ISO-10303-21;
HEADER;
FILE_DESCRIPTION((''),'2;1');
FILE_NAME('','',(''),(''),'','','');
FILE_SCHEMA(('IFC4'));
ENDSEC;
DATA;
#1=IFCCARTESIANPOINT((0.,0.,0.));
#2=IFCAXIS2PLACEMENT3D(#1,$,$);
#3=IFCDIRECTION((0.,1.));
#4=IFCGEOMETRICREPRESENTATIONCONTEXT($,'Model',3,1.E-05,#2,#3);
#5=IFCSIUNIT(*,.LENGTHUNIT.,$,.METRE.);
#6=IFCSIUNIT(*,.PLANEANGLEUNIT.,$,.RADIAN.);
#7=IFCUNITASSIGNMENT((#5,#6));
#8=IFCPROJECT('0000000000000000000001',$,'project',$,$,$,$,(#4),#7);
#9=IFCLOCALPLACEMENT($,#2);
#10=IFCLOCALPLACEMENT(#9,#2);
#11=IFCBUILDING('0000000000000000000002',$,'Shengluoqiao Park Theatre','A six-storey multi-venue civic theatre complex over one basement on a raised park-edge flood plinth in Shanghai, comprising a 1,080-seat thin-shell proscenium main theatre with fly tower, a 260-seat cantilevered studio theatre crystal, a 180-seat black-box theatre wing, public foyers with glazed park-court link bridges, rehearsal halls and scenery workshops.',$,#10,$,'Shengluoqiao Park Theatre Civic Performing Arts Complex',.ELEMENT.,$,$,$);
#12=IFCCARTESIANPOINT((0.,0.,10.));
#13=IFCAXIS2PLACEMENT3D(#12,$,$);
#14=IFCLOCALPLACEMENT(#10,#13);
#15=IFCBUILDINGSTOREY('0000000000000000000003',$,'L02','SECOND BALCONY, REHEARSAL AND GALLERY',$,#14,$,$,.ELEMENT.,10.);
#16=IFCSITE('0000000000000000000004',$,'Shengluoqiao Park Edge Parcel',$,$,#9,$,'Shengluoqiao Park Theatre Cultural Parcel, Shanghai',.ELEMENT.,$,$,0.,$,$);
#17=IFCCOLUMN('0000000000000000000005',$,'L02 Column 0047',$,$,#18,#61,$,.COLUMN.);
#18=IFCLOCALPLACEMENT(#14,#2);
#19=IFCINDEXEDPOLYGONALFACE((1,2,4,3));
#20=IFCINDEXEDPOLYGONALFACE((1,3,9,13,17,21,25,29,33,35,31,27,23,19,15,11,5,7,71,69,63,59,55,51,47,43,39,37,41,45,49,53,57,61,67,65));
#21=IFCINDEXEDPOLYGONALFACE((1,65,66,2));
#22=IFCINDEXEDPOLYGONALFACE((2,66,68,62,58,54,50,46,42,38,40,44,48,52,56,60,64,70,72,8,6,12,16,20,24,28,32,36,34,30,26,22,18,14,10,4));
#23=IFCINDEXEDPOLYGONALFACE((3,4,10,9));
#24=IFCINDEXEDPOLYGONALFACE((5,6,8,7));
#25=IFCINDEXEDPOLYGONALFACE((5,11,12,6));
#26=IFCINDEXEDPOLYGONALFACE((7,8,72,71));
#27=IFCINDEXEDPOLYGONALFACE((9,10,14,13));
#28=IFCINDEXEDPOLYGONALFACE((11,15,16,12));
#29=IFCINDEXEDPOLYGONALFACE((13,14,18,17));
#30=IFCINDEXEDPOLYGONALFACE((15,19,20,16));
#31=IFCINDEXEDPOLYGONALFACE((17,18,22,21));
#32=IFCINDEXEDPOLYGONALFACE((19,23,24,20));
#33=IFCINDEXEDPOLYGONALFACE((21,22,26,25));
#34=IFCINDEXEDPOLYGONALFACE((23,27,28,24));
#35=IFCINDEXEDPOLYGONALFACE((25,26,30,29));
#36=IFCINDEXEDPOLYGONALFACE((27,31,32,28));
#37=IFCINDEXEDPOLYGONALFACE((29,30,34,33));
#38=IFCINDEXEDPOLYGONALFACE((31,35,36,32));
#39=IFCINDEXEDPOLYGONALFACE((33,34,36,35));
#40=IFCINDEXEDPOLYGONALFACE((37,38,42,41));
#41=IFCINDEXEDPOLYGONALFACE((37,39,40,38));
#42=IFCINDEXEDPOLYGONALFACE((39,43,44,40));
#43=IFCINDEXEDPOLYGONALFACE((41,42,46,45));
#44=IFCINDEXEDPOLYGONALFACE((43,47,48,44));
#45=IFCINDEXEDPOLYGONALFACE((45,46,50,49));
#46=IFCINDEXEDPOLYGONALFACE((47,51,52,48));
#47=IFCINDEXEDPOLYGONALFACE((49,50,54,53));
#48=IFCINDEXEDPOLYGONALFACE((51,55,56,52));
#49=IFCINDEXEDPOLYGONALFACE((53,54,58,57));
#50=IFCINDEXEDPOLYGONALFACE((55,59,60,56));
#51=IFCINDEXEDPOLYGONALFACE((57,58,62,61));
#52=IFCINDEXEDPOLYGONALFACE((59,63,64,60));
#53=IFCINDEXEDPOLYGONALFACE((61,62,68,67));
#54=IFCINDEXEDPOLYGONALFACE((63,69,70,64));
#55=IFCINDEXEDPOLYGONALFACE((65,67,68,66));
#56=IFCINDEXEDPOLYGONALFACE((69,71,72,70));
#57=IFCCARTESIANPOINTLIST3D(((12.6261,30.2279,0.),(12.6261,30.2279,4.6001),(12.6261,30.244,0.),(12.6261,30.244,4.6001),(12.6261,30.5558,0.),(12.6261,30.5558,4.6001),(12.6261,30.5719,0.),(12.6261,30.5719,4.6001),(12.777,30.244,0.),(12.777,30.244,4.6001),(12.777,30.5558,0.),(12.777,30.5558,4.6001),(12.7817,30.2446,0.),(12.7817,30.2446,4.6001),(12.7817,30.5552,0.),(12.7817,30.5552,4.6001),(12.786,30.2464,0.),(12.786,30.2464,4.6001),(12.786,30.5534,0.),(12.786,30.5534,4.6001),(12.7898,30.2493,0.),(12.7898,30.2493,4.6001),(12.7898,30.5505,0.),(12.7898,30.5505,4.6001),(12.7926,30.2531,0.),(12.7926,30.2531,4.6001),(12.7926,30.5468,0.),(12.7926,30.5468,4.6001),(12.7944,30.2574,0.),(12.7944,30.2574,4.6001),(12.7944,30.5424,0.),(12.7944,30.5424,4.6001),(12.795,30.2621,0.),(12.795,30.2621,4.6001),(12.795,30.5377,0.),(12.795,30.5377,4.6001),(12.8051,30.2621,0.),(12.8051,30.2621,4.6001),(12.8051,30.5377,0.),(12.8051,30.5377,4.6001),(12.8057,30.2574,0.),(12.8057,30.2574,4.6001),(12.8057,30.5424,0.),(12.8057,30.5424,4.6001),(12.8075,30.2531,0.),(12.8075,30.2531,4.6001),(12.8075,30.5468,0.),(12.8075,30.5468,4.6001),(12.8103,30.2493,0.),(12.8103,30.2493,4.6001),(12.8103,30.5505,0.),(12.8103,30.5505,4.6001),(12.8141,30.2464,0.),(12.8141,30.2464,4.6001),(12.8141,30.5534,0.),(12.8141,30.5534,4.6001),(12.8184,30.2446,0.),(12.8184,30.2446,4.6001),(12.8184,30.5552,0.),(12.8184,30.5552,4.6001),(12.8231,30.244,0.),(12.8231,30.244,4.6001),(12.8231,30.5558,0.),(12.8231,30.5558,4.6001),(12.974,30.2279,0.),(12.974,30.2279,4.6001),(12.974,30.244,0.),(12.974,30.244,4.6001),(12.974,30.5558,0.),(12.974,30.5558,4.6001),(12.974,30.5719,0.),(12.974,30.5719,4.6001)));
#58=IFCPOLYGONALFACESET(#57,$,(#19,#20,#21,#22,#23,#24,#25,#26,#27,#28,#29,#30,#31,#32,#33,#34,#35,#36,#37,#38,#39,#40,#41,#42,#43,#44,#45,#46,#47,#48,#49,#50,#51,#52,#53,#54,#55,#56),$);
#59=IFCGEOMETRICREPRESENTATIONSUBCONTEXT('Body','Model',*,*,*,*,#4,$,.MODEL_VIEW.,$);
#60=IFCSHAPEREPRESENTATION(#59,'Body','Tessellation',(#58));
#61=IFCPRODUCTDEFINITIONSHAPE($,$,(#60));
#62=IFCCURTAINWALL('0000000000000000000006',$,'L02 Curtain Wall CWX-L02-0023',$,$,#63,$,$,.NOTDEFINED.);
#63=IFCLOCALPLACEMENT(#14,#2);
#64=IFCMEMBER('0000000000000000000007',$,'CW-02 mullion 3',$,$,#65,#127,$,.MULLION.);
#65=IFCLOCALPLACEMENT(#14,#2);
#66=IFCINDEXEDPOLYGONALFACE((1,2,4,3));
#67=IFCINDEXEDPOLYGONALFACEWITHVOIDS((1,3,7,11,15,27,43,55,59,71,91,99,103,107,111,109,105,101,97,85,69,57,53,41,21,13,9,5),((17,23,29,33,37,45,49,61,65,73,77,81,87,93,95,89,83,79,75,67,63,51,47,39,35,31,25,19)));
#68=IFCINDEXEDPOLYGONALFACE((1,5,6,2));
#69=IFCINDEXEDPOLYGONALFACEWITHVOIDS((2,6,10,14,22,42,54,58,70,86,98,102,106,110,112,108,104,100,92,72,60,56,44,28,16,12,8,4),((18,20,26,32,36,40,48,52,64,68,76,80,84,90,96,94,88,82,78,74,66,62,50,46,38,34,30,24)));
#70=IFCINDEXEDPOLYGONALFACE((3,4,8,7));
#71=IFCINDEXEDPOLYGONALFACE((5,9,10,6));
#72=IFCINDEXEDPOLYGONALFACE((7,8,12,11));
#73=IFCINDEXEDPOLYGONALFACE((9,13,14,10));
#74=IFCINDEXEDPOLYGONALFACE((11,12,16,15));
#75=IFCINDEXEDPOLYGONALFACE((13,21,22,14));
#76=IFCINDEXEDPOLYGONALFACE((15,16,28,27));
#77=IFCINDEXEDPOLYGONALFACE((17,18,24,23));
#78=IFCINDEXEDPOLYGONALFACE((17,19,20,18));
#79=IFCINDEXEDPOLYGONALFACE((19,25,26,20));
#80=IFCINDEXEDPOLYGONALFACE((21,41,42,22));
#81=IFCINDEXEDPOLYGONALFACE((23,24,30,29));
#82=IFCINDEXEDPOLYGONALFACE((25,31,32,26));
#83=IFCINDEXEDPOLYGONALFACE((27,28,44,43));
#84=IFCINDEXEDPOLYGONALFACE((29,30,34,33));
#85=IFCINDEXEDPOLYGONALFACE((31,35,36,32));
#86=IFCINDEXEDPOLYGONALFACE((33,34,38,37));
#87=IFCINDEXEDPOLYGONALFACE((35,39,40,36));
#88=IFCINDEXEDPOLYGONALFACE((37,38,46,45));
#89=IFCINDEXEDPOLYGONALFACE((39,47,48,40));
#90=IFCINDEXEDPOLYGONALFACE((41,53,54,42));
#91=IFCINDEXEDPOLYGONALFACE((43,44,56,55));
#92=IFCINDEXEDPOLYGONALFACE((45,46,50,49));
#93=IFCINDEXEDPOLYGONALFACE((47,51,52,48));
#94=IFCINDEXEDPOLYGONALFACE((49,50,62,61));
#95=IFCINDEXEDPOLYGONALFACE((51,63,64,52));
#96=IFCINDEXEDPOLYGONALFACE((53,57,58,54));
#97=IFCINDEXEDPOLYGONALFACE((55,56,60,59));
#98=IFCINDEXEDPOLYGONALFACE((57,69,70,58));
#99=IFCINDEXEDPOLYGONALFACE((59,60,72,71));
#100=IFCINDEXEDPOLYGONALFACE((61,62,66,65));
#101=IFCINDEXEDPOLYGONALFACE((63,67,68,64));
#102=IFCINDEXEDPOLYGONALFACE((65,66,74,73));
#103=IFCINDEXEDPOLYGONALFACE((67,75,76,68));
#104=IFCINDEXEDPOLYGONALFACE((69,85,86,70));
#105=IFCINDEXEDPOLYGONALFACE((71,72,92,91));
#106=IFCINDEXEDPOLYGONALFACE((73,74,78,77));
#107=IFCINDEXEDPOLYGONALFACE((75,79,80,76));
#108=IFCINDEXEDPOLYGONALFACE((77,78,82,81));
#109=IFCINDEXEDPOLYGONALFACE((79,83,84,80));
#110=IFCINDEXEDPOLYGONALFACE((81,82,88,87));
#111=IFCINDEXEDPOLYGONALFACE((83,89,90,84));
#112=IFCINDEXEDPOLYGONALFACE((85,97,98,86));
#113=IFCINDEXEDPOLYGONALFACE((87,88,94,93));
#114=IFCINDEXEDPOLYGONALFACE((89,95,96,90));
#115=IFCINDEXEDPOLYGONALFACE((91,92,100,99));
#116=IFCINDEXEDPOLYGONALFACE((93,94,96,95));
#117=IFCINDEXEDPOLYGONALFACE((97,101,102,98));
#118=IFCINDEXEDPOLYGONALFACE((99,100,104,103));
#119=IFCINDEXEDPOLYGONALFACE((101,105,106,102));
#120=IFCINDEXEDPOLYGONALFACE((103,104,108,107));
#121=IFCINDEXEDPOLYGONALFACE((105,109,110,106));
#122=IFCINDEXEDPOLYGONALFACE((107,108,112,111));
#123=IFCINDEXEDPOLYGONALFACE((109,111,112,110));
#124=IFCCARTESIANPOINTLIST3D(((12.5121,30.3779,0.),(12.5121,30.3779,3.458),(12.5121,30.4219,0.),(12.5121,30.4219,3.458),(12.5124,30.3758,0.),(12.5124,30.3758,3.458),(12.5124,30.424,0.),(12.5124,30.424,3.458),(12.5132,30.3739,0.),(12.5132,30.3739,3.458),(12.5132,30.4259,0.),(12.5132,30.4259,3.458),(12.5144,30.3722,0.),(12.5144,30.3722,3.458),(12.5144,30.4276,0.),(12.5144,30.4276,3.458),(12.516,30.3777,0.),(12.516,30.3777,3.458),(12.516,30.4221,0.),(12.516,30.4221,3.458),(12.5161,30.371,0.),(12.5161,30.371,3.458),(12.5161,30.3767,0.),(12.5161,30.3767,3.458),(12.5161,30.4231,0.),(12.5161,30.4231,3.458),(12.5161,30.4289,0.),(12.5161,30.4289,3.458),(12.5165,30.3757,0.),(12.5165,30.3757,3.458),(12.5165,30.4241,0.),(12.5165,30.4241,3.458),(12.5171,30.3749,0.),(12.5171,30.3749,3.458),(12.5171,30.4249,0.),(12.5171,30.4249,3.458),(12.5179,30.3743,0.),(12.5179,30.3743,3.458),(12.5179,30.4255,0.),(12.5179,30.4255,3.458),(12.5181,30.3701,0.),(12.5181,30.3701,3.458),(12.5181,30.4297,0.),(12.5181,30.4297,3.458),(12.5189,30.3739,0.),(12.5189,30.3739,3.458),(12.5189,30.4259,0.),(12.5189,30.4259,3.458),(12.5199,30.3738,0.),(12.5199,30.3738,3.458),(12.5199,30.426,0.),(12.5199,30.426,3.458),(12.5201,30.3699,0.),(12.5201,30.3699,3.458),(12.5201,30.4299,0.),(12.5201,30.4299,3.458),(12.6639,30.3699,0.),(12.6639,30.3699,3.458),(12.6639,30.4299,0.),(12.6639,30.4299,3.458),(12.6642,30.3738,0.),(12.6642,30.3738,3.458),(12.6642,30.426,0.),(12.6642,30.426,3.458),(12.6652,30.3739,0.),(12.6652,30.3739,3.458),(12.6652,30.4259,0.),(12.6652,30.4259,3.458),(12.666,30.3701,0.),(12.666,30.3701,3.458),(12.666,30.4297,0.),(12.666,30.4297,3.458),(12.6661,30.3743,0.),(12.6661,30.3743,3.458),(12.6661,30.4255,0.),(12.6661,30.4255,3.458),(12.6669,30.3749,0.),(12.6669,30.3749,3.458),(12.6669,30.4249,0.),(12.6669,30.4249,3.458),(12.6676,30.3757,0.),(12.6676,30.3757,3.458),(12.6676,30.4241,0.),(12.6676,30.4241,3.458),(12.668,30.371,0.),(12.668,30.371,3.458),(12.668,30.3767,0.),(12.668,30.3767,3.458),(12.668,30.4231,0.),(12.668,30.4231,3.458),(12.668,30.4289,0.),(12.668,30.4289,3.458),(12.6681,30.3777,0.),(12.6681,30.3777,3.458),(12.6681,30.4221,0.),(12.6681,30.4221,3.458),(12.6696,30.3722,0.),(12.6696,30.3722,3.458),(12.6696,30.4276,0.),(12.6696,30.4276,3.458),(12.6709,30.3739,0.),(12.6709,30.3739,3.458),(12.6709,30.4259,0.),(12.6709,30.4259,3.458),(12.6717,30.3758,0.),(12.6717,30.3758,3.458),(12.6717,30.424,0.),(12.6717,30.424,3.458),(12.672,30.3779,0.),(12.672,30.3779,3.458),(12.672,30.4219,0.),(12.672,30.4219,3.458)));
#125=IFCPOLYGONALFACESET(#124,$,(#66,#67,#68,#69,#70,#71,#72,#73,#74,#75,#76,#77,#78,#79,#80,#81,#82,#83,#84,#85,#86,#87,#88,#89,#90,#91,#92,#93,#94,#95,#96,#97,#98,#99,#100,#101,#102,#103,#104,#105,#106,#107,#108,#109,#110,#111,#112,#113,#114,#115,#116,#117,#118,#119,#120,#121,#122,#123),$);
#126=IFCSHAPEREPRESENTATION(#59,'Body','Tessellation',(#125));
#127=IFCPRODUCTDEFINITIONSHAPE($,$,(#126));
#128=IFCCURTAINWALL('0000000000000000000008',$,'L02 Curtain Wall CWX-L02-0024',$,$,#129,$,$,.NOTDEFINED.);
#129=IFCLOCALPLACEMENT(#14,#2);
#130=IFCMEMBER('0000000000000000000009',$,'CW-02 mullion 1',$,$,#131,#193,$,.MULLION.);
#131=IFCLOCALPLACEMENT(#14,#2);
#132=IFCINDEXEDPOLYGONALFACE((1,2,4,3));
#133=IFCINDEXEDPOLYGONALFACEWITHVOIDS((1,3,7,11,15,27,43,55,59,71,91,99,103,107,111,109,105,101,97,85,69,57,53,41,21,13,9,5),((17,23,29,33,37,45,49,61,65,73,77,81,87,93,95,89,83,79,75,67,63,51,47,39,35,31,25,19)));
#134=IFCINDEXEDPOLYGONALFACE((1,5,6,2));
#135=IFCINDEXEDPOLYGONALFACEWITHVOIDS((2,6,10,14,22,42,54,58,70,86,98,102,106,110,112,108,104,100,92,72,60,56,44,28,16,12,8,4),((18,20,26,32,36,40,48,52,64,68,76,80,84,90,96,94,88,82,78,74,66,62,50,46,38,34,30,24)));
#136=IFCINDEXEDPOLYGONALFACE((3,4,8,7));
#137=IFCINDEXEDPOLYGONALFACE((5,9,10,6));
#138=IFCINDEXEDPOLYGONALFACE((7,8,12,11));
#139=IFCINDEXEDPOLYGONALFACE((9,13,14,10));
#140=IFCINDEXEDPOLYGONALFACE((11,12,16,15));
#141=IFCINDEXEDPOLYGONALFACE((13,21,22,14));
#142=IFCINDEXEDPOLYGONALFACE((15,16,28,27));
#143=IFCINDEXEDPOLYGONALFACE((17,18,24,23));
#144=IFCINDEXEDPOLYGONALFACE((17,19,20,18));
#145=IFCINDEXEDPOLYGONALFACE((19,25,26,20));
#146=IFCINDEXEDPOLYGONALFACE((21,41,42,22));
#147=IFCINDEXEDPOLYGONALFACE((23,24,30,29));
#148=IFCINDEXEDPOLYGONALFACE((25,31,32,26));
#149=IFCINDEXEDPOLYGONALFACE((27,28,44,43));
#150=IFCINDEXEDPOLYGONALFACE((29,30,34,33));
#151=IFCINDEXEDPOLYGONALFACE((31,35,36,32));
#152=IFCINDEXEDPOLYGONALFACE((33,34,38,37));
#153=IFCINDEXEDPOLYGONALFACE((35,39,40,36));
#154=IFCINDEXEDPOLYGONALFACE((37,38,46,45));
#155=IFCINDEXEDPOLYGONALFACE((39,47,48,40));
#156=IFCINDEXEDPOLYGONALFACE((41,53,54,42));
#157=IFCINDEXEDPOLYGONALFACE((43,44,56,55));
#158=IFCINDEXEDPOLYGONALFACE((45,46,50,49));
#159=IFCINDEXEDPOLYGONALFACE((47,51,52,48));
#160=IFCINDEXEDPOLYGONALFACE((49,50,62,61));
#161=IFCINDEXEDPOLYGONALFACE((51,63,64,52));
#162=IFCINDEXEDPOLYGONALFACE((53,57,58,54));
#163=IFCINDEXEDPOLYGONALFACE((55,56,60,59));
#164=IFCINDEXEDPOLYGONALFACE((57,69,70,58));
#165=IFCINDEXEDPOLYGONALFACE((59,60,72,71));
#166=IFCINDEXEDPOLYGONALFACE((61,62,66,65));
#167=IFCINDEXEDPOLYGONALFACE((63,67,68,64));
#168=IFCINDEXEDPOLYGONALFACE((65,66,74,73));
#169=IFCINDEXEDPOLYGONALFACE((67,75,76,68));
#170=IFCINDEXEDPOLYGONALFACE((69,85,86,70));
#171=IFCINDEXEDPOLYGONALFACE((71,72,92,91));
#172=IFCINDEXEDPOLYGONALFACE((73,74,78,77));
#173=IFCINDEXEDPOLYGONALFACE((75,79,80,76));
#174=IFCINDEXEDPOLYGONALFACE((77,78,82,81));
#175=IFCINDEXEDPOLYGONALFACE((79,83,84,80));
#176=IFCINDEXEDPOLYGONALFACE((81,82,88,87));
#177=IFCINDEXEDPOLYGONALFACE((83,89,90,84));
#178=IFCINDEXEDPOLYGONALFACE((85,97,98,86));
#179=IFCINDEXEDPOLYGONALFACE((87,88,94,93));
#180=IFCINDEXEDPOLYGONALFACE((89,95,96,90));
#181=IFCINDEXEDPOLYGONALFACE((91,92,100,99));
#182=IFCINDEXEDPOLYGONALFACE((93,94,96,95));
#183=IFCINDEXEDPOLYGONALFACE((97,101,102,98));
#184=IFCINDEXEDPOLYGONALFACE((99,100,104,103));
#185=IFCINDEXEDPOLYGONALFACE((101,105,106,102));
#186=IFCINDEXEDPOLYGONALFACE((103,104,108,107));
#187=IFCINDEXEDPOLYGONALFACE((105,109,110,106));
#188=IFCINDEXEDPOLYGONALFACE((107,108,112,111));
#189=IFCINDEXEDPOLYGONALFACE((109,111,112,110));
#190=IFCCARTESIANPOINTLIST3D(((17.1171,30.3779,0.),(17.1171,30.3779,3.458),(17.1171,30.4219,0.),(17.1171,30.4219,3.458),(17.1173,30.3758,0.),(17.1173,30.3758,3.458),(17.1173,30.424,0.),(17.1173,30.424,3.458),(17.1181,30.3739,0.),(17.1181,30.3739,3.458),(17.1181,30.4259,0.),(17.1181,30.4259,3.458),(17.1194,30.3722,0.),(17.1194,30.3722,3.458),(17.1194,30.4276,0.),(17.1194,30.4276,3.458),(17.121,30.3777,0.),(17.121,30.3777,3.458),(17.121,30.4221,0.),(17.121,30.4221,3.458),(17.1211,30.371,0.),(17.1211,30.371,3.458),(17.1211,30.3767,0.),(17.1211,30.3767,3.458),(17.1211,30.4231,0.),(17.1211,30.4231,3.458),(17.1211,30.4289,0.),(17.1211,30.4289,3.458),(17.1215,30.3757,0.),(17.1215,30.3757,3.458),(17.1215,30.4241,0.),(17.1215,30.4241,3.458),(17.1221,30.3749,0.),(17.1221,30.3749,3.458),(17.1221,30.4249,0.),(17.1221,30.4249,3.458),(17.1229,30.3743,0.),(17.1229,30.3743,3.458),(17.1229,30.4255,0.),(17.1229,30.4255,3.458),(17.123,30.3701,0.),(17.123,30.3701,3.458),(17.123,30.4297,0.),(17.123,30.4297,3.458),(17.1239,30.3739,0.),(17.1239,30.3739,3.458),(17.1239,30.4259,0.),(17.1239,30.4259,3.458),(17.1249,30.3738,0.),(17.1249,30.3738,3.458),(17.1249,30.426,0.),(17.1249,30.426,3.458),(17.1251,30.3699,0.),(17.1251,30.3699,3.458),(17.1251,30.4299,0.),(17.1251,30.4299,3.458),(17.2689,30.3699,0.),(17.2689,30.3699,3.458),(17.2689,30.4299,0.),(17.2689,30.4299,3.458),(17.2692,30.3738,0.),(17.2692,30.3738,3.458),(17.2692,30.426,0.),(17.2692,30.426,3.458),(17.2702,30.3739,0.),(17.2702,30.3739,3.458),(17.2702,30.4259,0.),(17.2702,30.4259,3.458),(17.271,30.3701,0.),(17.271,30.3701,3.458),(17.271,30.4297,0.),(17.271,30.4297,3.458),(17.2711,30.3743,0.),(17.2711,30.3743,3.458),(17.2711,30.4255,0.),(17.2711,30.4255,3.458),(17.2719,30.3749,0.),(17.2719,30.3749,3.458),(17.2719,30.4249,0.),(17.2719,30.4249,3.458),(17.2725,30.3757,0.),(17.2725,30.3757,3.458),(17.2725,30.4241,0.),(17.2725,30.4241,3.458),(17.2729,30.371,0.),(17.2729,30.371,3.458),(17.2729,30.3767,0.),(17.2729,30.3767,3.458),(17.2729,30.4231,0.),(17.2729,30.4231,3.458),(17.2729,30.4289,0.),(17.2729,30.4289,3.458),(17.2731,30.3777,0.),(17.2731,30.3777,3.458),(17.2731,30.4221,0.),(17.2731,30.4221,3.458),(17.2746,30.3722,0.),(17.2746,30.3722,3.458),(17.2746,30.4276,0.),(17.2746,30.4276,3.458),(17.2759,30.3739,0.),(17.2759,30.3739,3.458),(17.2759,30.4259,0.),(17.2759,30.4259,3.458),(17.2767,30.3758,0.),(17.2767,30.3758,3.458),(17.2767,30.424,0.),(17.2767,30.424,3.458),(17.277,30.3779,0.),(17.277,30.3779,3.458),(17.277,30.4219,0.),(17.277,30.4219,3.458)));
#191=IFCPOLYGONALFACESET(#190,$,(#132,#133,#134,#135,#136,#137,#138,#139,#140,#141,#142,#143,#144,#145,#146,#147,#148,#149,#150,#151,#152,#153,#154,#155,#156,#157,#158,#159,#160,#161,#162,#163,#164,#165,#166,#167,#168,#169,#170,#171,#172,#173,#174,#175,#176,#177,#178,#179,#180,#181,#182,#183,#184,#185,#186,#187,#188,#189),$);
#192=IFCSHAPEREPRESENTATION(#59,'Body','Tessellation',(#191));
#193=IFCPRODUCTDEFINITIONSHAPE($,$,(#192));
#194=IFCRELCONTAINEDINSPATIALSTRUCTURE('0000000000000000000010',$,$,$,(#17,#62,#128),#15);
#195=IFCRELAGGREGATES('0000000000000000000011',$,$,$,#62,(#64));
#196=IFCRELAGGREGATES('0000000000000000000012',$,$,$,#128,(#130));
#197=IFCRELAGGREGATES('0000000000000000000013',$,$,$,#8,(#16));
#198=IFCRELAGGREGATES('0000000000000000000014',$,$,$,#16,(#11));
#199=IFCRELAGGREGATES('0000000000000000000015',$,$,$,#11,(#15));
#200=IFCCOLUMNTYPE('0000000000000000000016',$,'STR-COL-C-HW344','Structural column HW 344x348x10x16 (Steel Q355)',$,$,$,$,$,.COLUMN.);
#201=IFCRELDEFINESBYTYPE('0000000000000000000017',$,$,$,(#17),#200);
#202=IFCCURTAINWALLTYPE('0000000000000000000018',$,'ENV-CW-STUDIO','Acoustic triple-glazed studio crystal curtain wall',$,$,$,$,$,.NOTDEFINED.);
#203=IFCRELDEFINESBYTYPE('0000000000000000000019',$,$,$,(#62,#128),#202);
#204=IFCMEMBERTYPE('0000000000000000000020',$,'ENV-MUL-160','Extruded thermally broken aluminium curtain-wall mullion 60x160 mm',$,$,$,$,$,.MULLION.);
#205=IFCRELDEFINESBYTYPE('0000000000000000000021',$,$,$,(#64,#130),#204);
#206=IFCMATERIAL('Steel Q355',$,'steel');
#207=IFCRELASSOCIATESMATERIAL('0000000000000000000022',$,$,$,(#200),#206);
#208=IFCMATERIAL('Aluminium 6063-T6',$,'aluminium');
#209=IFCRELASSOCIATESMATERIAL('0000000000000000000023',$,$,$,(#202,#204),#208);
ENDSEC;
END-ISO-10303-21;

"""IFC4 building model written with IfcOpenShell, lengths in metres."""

from ifc_helpers import new_model, si_unit, direction, frame, origin, origin_2d, place, context, subcontext, project, spatial, hollow_rectangle, i_section, extrude, material, material_profile, profile_set, type_object, element, aggregate, save


model = new_model("IFC4")

# Units and contexts
model_context = context("Model", 3, precision=1e-05, world=origin(), true_north=direction((0.0, 1.0)))
body_context = subcontext(model_context, "Body", "Model", "MODEL_VIEW")
ifc_project = project(units=[si_unit("LENGTHUNIT", "METRE"), si_unit("PLANEANGLEUNIT", "RADIAN")], contexts=[model_context])

# Site, building, storey
site_placement = place(None, origin())
site = spatial("IfcSite", under=ifc_project, at=site_placement, Name="Shengluoqiao Park Edge Parcel", LongName="Shengluoqiao Park Theatre Cultural Parcel, Shanghai", CompositionType="ELEMENT", RefElevation=0.0)
building_placement = place(site_placement, origin())
building = spatial("IfcBuilding", under=site, at=building_placement, Name="Shengluoqiao Park Theatre", Description="A six-storey multi-venue civic theatre complex over one basement on a raised park-edge flood plinth in Shanghai, comprising a 1,080-seat thin-shell proscenium main theatre with fly tower, a 260-seat cantilevered studio theatre crystal, a 180-seat black-box theatre wing, public foyers with glazed park-court link bridges, rehearsal halls and scenery workshops.", LongName="Shengluoqiao Park Theatre Civic Performing Arts Complex", CompositionType="ELEMENT")
storey_placement = place(building_placement, frame((0.0, 0.0, 10.0)))
storey = spatial("IfcBuildingStorey", under=building, at=storey_placement, Name="L02", Description="SECOND BALCONY, REHEARSAL AND GALLERY", CompositionType="ELEMENT", Elevation=10.0)

# Column
ifc_material_1 = material(Name="Steel Q355", Category="steel")
ifc_material_profile_1 = material_profile(ifc_material_1, i_section(OverallWidth=0.3479, OverallDepth=0.344, WebThickness=0.01, FlangeThickness=0.0161, FilletRadius=0.0181, at=origin_2d()), Name="HW 344x348x10x16")
ifc_profile_set_1 = profile_set([ifc_material_profile_1], Name="Steel Q355")
column_type = type_object("IfcColumnType", Name="STR-COL-C-HW344", Description="Structural column HW 344x348x10x16 (Steel Q355)", PredefinedType="COLUMN", material=ifc_profile_set_1)
column_placement = place(storey_placement, frame((12.8, 30.3999, 0.0), z_axis=(0.0, 0.0, 1.0), x_axis=(1.0, 0.0, 0.0)))
element("IfcColumn", 1, at=column_placement, inside=storey, type_object=column_type, Name="L02 Column 0047", PredefinedType="COLUMN", context=body_context, shape_type="SweptSolid", body=[
    extrude(i_section(OverallWidth=0.3479, OverallDepth=0.344, WebThickness=0.01, FlangeThickness=0.0161, FilletRadius=0.0181, at=origin_2d()), origin(), (0.0, 0.0, 1.0), 4.6001),
])

# Curtain wall, member
ifc_material_2 = material(Name="Aluminium 6063-T6", Category="aluminium")
curtain_wall_type = type_object("IfcCurtainWallType", Name="ENV-CW-STUDIO", Description="Acoustic triple-glazed studio crystal curtain wall", PredefinedType="NOTDEFINED", material=ifc_material_2)
curtain_wall_1_placement = place(storey_placement, origin())
curtain_wall_1 = element("IfcCurtainWall", 2, at=curtain_wall_1_placement, inside=storey, type_object=curtain_wall_type, Name="L02 Curtain Wall CWX-L02-0023", PredefinedType="NOTDEFINED")
ifc_material_profile_2 = material_profile(ifc_material_2, hollow_rectangle(XDim=0.0601, YDim=0.1599, WallThickness=0.0039, InnerFilletRadius=0.0039, OuterFilletRadius=0.0081, at=origin_2d()), Name="ALU MULLION 160x60x4")
ifc_profile_set_2 = profile_set([ifc_material_profile_2], Name="Aluminium 6063-T6")
member_type_1 = type_object("IfcMemberType", Name="ENV-MUL-160", Description="Extruded thermally broken aluminium curtain-wall mullion 60x160 mm", PredefinedType="MULLION", material=ifc_profile_set_2)
member_1_placement = place(storey_placement, frame((12.592, 30.3999, 0.0), z_axis=(0.0, 0.0, 1.0), x_axis=(0.0, 1.0, 0.0)))
member_1 = element("IfcMember", 3, at=member_1_placement, type_object=member_type_1, Name="CW-02 mullion 3", PredefinedType="MULLION", context=body_context, shape_type="SweptSolid", body=[
    extrude(hollow_rectangle(XDim=0.0601, YDim=0.1599, WallThickness=0.0039, InnerFilletRadius=0.0039, OuterFilletRadius=0.0081, at=origin_2d()), origin(), (0.0, 0.0, 1.0), 3.458),
])

# Curtain wall, member
curtain_wall_2_placement = place(storey_placement, origin())
curtain_wall_2 = element("IfcCurtainWall", 4, at=curtain_wall_2_placement, inside=storey, type_object=curtain_wall_type, Name="L02 Curtain Wall CWX-L02-0024", PredefinedType="NOTDEFINED")
member_2_placement = place(storey_placement, frame((17.197, 30.3999, 0.0), z_axis=(0.0, 0.0, 1.0), x_axis=(0.0, 1.0, 0.0)))
member_2 = element("IfcMember", 5, at=member_2_placement, type_object=member_type_1, Name="CW-02 mullion 1", PredefinedType="MULLION", context=body_context, shape_type="SweptSolid", body=[
    extrude(hollow_rectangle(XDim=0.0601, YDim=0.1599, WallThickness=0.0039, InnerFilletRadius=0.0039, OuterFilletRadius=0.0081, at=origin_2d()), origin(), (0.0, 0.0, 1.0), 3.458),
])

aggregate(curtain_wall_1, [member_1])
aggregate(curtain_wall_2, [member_2])

save(model, "model.ifc")
